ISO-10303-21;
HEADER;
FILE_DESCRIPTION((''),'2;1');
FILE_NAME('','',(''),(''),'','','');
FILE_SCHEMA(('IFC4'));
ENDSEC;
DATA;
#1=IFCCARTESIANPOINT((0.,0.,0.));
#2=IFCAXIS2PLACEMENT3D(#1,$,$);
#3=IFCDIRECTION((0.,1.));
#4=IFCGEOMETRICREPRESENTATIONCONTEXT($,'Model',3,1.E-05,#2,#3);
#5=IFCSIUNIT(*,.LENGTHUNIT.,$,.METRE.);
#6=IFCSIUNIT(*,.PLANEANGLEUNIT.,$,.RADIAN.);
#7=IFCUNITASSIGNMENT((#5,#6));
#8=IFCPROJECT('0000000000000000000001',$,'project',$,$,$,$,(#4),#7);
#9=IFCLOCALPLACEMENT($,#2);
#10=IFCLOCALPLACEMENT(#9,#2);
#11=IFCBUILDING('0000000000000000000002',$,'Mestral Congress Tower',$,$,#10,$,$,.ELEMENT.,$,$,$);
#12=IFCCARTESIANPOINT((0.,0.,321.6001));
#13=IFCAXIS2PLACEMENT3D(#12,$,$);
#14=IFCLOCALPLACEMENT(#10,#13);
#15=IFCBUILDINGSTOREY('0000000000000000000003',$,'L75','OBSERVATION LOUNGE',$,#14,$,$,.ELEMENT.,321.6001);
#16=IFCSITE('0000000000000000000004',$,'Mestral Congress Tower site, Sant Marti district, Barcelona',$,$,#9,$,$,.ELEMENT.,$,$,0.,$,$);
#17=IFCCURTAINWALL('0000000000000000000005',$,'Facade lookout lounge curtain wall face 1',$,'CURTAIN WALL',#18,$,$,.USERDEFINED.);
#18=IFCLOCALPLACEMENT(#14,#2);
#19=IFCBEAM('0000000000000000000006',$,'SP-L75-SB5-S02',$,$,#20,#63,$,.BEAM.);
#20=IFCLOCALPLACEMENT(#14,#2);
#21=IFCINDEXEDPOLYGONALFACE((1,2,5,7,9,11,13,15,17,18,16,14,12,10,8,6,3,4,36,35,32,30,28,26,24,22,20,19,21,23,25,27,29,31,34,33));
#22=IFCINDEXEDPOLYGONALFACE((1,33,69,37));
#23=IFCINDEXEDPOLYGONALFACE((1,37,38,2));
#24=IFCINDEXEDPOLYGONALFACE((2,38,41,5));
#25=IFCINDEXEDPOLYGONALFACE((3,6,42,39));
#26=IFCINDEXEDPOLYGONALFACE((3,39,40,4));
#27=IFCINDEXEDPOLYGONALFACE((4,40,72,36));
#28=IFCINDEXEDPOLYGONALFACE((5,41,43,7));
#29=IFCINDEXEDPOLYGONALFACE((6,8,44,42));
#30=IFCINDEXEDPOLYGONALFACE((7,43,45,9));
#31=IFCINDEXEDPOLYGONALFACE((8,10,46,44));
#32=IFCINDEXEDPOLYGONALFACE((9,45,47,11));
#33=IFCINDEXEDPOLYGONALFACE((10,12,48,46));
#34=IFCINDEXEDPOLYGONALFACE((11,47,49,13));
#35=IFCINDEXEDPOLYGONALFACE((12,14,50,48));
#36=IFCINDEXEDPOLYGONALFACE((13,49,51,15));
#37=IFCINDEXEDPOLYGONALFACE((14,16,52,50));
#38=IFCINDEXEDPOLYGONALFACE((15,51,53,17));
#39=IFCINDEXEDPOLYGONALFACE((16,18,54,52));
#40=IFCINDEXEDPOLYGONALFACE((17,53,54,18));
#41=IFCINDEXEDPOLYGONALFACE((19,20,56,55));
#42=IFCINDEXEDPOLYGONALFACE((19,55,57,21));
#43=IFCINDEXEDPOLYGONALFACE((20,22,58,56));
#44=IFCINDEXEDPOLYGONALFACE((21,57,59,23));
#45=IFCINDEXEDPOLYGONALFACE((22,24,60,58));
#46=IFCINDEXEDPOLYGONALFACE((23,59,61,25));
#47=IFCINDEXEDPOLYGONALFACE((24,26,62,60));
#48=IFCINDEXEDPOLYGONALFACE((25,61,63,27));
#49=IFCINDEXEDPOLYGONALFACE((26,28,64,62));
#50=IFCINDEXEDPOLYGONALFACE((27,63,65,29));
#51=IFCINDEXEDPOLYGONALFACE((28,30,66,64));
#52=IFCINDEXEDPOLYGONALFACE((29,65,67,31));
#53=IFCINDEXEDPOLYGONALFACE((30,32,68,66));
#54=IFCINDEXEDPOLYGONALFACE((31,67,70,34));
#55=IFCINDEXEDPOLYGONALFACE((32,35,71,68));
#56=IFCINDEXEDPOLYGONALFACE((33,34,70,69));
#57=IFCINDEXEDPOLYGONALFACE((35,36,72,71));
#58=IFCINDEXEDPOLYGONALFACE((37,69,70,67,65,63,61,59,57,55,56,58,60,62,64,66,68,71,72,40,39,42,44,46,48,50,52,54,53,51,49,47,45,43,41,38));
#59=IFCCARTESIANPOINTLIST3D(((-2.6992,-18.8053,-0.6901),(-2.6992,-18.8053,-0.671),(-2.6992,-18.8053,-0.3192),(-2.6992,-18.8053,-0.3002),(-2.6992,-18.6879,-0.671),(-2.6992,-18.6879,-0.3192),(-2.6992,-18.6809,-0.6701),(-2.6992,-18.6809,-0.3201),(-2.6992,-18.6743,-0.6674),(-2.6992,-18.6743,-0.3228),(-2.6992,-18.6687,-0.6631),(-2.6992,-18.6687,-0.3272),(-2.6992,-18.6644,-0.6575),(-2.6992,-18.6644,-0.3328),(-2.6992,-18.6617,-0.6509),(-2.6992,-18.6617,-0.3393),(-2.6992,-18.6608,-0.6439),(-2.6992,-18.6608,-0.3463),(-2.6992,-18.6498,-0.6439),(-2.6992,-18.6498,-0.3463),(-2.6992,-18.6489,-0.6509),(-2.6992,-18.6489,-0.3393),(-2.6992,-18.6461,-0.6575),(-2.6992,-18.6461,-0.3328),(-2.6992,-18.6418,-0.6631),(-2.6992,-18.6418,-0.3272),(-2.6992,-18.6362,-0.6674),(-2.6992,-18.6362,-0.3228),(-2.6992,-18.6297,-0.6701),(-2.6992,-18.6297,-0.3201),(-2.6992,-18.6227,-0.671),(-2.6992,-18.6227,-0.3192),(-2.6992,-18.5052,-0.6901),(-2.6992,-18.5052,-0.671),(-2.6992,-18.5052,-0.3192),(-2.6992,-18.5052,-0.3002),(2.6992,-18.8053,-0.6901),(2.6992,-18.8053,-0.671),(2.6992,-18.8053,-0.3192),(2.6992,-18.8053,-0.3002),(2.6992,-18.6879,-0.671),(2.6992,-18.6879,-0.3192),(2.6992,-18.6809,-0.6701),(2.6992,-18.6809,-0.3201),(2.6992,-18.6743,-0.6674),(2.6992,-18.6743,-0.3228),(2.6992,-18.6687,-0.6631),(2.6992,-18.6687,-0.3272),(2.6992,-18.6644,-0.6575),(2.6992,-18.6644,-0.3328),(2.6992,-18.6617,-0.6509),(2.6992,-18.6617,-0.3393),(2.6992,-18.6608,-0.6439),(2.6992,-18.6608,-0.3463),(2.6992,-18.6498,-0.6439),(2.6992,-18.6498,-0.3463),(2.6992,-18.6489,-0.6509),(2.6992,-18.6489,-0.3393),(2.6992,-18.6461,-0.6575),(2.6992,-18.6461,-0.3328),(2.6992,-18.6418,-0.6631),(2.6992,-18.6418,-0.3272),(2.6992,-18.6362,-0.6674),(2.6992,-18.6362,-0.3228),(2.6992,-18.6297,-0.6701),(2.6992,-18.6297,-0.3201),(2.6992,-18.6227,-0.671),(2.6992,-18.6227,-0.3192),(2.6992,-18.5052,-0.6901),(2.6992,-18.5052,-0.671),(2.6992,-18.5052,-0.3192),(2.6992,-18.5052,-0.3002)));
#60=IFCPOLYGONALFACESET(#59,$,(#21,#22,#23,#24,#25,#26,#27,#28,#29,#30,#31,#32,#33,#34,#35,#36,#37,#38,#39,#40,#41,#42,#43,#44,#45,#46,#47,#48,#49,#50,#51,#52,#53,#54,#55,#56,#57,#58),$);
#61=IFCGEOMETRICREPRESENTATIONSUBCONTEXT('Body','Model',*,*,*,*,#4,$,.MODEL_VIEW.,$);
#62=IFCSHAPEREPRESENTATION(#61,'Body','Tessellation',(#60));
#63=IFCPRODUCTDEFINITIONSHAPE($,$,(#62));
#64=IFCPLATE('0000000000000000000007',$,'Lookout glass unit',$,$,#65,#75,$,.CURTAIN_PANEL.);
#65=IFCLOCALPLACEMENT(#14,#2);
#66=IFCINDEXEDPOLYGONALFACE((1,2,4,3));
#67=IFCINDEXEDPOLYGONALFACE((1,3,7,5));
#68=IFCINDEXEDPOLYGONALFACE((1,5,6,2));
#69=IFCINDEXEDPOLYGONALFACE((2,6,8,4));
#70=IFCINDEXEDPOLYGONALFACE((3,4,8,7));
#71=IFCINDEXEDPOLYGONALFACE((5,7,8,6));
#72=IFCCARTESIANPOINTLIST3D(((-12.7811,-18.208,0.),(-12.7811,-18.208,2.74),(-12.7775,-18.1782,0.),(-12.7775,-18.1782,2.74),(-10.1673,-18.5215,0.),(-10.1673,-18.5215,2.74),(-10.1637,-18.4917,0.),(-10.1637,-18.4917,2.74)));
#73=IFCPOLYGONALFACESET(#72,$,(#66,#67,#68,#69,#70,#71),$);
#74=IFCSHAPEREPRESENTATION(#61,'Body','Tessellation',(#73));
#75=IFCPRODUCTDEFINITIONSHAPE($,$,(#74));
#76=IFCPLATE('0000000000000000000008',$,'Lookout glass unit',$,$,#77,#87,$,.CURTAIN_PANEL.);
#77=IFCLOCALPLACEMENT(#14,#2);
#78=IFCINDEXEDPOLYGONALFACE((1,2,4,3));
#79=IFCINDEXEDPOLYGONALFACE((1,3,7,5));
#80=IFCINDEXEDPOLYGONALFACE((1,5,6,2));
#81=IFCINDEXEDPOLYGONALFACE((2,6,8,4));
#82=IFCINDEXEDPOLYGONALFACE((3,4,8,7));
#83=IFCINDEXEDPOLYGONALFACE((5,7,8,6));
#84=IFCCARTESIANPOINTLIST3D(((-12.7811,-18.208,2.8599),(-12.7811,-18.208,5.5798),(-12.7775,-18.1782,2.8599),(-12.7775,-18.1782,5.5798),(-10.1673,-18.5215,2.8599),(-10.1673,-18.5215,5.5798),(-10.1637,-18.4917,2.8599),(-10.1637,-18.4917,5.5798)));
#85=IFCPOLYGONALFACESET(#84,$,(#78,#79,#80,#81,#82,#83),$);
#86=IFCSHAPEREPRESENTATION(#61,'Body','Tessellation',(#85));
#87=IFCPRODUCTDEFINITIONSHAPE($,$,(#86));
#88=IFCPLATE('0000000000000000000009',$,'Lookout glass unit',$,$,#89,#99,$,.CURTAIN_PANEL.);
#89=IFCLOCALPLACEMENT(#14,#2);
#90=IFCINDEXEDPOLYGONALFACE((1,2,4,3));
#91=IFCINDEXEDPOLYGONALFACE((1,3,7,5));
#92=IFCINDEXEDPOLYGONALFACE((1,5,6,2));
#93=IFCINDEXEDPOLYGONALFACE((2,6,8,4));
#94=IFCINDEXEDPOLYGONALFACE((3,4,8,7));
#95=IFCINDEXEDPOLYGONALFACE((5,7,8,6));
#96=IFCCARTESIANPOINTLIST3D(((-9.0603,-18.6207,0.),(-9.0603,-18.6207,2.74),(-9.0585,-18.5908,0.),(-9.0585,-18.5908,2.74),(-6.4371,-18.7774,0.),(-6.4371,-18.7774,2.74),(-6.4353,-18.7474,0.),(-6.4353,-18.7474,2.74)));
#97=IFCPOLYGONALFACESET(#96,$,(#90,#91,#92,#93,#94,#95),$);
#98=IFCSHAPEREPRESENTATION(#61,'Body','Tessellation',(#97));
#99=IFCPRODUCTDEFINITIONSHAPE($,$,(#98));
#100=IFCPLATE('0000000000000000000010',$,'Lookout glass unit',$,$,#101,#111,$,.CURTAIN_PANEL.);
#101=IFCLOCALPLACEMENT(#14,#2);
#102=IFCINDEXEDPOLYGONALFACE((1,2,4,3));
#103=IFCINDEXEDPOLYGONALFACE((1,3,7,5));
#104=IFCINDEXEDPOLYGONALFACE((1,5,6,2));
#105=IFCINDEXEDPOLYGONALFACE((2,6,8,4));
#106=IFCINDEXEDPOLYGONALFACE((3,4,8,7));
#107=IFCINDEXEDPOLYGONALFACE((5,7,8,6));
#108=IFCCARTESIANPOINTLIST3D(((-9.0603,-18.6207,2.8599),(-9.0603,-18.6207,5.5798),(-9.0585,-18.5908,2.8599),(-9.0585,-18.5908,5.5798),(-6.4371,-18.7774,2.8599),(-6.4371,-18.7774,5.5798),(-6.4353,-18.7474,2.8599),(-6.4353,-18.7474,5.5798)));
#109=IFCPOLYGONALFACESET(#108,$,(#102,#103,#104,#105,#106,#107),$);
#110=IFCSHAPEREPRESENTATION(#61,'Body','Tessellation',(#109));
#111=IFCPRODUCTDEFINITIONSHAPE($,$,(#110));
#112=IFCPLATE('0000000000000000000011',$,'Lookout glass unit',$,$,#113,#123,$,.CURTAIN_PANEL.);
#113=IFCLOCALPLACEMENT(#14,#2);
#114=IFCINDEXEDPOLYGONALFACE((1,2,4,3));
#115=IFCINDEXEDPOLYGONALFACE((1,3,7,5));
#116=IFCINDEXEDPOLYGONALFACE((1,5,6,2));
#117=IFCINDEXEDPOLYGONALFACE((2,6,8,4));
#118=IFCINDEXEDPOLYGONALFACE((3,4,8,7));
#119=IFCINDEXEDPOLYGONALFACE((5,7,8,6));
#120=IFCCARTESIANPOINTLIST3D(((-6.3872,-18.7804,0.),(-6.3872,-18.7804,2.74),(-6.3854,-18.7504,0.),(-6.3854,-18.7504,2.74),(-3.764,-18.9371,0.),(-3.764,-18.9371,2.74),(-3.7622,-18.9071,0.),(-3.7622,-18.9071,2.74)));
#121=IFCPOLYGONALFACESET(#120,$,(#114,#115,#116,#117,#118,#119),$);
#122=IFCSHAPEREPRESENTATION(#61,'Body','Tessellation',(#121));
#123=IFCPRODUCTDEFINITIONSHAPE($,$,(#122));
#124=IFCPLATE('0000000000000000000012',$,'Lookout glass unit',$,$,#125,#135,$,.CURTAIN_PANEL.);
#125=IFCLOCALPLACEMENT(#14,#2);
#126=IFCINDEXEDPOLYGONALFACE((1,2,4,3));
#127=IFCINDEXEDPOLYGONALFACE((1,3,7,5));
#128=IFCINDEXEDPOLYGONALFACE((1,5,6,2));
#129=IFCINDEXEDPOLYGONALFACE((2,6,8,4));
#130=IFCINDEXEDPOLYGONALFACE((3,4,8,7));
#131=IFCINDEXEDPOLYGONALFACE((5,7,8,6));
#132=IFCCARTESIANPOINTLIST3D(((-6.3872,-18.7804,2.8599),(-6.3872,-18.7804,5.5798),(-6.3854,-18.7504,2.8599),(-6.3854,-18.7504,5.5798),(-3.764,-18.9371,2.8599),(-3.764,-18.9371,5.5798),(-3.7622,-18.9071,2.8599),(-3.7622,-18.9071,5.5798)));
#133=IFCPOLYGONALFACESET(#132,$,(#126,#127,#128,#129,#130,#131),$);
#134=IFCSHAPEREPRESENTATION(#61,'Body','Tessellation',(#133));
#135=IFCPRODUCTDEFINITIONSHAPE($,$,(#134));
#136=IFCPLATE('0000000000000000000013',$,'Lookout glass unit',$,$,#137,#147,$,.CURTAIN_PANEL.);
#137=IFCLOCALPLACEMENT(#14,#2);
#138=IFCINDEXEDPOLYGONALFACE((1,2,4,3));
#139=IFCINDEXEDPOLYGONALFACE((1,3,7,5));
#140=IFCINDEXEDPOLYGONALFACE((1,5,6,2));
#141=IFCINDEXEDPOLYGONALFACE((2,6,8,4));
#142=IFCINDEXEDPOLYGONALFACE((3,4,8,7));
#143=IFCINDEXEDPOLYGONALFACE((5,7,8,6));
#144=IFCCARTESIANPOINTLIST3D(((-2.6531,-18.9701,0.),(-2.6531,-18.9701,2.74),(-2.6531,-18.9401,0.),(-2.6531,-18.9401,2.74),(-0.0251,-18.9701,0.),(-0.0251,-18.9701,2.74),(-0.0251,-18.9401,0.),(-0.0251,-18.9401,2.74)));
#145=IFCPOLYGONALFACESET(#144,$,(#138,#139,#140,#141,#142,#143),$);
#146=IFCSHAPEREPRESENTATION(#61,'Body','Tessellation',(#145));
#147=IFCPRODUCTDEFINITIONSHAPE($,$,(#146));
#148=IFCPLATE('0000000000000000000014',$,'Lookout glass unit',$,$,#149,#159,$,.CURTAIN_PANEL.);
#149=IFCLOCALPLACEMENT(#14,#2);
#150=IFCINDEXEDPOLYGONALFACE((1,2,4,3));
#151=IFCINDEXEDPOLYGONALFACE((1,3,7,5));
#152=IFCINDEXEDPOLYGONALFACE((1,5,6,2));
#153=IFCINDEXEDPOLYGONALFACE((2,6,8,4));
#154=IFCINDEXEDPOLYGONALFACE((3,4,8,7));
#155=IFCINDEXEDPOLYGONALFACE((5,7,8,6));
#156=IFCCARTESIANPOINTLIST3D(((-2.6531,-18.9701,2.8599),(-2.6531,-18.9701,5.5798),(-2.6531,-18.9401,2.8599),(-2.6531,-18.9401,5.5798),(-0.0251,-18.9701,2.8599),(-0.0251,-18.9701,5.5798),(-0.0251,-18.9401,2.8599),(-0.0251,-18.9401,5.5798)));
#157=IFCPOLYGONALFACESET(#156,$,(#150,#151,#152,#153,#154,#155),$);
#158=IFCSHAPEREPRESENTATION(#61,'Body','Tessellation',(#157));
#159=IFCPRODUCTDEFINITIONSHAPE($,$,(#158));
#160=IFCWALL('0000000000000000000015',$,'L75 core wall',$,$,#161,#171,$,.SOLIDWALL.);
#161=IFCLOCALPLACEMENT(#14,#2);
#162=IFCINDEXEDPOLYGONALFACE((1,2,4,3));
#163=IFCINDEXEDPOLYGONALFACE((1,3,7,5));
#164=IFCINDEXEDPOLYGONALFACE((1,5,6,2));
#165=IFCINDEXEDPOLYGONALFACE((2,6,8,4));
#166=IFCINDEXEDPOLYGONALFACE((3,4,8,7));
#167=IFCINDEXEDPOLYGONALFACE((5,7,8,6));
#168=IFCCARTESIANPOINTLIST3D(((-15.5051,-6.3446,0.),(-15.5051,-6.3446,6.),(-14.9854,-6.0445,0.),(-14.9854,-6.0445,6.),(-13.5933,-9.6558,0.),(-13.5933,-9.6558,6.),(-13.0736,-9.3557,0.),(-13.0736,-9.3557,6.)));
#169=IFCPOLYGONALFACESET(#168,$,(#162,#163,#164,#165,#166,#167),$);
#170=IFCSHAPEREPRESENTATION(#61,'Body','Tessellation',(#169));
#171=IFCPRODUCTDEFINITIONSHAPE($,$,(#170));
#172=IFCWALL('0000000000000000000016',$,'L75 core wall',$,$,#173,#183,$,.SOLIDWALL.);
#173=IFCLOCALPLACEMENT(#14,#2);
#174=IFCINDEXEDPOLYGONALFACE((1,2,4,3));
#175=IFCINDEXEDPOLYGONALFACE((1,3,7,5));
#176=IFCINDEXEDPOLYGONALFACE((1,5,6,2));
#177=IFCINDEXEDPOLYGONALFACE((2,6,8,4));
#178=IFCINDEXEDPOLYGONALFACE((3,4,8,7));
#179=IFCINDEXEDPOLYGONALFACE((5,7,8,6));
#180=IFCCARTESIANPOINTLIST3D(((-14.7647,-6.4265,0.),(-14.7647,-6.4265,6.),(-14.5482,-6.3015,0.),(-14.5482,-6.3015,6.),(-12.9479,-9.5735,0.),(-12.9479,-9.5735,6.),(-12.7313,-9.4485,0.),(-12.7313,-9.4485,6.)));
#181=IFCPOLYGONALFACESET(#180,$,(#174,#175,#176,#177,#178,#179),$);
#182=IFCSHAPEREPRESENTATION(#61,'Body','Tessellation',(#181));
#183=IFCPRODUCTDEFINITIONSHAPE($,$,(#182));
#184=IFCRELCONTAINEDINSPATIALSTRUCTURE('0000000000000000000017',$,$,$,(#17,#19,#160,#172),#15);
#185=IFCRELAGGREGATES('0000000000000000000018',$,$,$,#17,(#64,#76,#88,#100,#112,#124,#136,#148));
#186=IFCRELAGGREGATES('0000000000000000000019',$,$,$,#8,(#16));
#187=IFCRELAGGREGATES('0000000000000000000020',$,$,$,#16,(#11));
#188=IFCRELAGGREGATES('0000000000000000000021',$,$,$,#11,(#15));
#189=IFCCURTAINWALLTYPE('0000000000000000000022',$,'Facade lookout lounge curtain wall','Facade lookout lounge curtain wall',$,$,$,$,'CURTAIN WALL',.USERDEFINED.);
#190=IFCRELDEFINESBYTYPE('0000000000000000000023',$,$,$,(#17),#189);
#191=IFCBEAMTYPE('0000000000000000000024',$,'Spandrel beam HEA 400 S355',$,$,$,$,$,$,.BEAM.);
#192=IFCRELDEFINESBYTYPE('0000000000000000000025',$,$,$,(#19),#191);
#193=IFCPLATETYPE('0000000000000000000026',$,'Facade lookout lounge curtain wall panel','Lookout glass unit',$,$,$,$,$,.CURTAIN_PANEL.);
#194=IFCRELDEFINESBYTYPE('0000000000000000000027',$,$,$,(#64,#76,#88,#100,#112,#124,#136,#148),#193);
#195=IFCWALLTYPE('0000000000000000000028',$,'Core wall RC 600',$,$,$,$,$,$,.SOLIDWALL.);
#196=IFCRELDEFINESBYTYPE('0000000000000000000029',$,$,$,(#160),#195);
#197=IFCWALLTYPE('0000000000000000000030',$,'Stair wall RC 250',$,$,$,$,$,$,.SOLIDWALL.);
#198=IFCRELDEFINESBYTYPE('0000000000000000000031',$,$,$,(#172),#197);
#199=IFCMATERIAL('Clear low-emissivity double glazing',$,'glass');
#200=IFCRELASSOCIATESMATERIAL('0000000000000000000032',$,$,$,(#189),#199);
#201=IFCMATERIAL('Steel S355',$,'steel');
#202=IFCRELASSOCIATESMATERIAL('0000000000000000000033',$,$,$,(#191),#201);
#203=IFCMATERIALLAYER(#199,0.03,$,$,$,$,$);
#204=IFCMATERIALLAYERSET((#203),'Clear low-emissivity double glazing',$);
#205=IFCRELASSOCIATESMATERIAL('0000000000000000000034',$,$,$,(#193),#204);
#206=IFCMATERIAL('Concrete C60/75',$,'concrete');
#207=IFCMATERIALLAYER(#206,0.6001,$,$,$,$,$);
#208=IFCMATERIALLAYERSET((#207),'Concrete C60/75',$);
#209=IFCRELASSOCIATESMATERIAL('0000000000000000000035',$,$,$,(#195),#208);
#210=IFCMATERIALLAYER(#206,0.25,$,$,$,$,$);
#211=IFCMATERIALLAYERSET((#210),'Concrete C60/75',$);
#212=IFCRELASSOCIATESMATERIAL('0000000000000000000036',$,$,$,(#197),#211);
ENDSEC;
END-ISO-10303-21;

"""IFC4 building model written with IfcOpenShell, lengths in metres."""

from ifc_helpers import new_model, si_unit, direction, frame, frame_2d, origin, origin_2d, place, context, subcontext, project, spatial, rectangle, i_section, extrude, material, layer, layer_set, material_profile, profile_set, type_object, element, aggregate, save


model = new_model("IFC4")

# Units and contexts
model_context = context("Model", 3, precision=1e-05, world=origin(), true_north=direction((0.0, 1.0)))
body_context = subcontext(model_context, "Body", "Model", "MODEL_VIEW")
ifc_project = project(units=[si_unit("LENGTHUNIT", "METRE"), si_unit("PLANEANGLEUNIT", "RADIAN")], contexts=[model_context])

# Site, building, storey
site_placement = place(None, origin())
site = spatial("IfcSite", under=ifc_project, at=site_placement, Name="Mestral Congress Tower site, Sant Marti district, Barcelona", CompositionType="ELEMENT", RefElevation=0.0)
building_placement = place(site_placement, origin())
building = spatial("IfcBuilding", under=site, at=building_placement, Name="Mestral Congress Tower", CompositionType="ELEMENT")
storey_placement = place(building_placement, frame((0.0, 0.0, 321.6001)))
storey = spatial("IfcBuildingStorey", under=building, at=storey_placement, Name="L75", Description="OBSERVATION LOUNGE", CompositionType="ELEMENT", Elevation=321.6001)

# Shared definitions
ifc_material_1 = material(Name="Concrete C60/75", Category="concrete")

# Curtain wall
ifc_material_2 = material(Name="Clear low-emissivity double glazing", Category="glass")
curtain_wall_type = type_object("IfcCurtainWallType", Name="Facade lookout lounge curtain wall", Description="Facade lookout lounge curtain wall", ElementType="CURTAIN WALL", PredefinedType="USERDEFINED", material=ifc_material_2)
curtain_wall_placement = place(storey_placement, origin())
curtain_wall = element("IfcCurtainWall", 1, at=curtain_wall_placement, inside=storey, type_object=curtain_wall_type, Name="Facade lookout lounge curtain wall face 1", ObjectType="CURTAIN WALL", PredefinedType="USERDEFINED")

# Beam
ifc_material_3 = material(Name="Steel S355", Category="steel")
ifc_material_profile_1 = material_profile(ifc_material_3, i_section(OverallWidth=0.3, OverallDepth=0.3899, WebThickness=0.011, FlangeThickness=0.019, FilletRadius=0.0271, at=origin_2d()), Name="HEA 400")
ifc_profile_set_1 = profile_set([ifc_material_profile_1], Name="Steel S355")
beam_type_1 = type_object("IfcBeamType", Name="Spandrel beam HEA 400 S355", PredefinedType="BEAM", material=ifc_profile_set_1)
beam_1_placement = place(storey_placement, frame((-2.6992, -18.6553, -0.4951), z_axis=(1.0, 0.0, 0.0), x_axis=(0.0, 1.0, 0.0)))
element("IfcBeam", 2, at=beam_1_placement, inside=storey, type_object=beam_type_1, Name="SP-L75-SB5-S02", PredefinedType="BEAM", context=body_context, shape_type="SweptSolid", body=[
    extrude(i_section(OverallWidth=0.3, OverallDepth=0.3899, WebThickness=0.011, FlangeThickness=0.019, FilletRadius=0.0271, at=origin_2d()), origin(), (0.0, 0.0, 1.0), 5.3984),
])

# Plates
ifc_layer_1 = layer(ifc_material_2, 0.03)
ifc_layer_set_1 = layer_set([ifc_layer_1], Name="Clear low-emissivity double glazing")
plate_type = type_object("IfcPlateType", Name="Facade lookout lounge curtain wall panel", Description="Lookout glass unit", PredefinedType="CURTAIN_PANEL", material=ifc_layer_set_1)
plate_1_placement = place(storey_placement, frame((-11.4724, -18.3499, 0.0), z_axis=(0.0, 0.0, 1.0), x_axis=(0.992887, -0.119057, 0.0)))
plate_1 = element("IfcPlate", 3, at=plate_1_placement, type_object=plate_type, Name="Lookout glass unit", PredefinedType="CURTAIN_PANEL", context=body_context, shape_type="SweptSolid", body=[
    extrude(rectangle(XDim=2.6326, YDim=0.03, at=origin_2d()), origin(), (0.0, 0.0, 1.0), 2.74),
])
plate_2_placement = place(storey_placement, frame((-11.4724, -18.3499, 2.8599), z_axis=(0.0, 0.0, 1.0), x_axis=(0.992887, -0.119057, 0.0)))
plate_2 = element("IfcPlate", 4, at=plate_2_placement, type_object=plate_type, Name="Lookout glass unit", PredefinedType="CURTAIN_PANEL", context=body_context, shape_type="SweptSolid", body=[
    extrude(rectangle(XDim=2.6326, YDim=0.03, at=origin_2d()), origin(), (0.0, 0.0, 1.0), 2.72),
])
plate_3_placement = place(storey_placement, frame((-7.7478, -18.6841, 0.0), z_axis=(0.0, 0.0, 1.0), x_axis=(0.998221, -0.059618, 0.0)))
plate_3 = element("IfcPlate", 5, at=plate_3_placement, type_object=plate_type, Name="Lookout glass unit", PredefinedType="CURTAIN_PANEL", context=body_context, shape_type="SweptSolid", body=[
    extrude(rectangle(XDim=2.6279, YDim=0.03, at=origin_2d()), origin(), (0.0, 0.0, 1.0), 2.74),
])
plate_4_placement = place(storey_placement, frame((-7.7478, -18.6841, 2.8599), z_axis=(0.0, 0.0, 1.0), x_axis=(0.998221, -0.059618, 0.0)))
plate_4 = element("IfcPlate", 6, at=plate_4_placement, type_object=plate_type, Name="Lookout glass unit", PredefinedType="CURTAIN_PANEL", context=body_context, shape_type="SweptSolid", body=[
    extrude(rectangle(XDim=2.6279, YDim=0.03, at=origin_2d()), origin(), (0.0, 0.0, 1.0), 2.72),
])
plate_5_placement = place(storey_placement, frame((-5.0747, -18.8438, 0.0), z_axis=(0.0, 0.0, 1.0), x_axis=(0.998221, -0.059618, 0.0)))
plate_5 = element("IfcPlate", 7, at=plate_5_placement, type_object=plate_type, Name="Lookout glass unit", PredefinedType="CURTAIN_PANEL", context=body_context, shape_type="SweptSolid", body=[
    extrude(rectangle(XDim=2.6279, YDim=0.03, at=origin_2d()), origin(), (0.0, 0.0, 1.0), 2.74),
])
plate_6_placement = place(storey_placement, frame((-5.0747, -18.8438, 2.8599), z_axis=(0.0, 0.0, 1.0), x_axis=(0.998221, -0.059618, 0.0)))
plate_6 = element("IfcPlate", 8, at=plate_6_placement, type_object=plate_type, Name="Lookout glass unit", PredefinedType="CURTAIN_PANEL", context=body_context, shape_type="SweptSolid", body=[
    extrude(rectangle(XDim=2.6279, YDim=0.03, at=origin_2d()), origin(), (0.0, 0.0, 1.0), 2.72),
])
plate_7_placement = place(storey_placement, frame((-1.3391, -18.9551, 0.0), z_axis=(0.0, 0.0, 1.0), x_axis=(1.0, 0.0, 0.0)))
plate_7 = element("IfcPlate", 9, at=plate_7_placement, type_object=plate_type, Name="Lookout glass unit", PredefinedType="CURTAIN_PANEL", context=body_context, shape_type="SweptSolid", body=[
    extrude(rectangle(XDim=2.6279, YDim=0.03, at=origin_2d()), origin(), (0.0, 0.0, 1.0), 2.74),
])
plate_8_placement = place(storey_placement, frame((-1.3391, -18.9551, 2.8599), z_axis=(0.0, 0.0, 1.0), x_axis=(1.0, 0.0, 0.0)))
plate_8 = element("IfcPlate", 10, at=plate_8_placement, type_object=plate_type, Name="Lookout glass unit", PredefinedType="CURTAIN_PANEL", context=body_context, shape_type="SweptSolid", body=[
    extrude(rectangle(XDim=2.6279, YDim=0.03, at=origin_2d()), origin(), (0.0, 0.0, 1.0), 2.72),
])
aggregate(curtain_wall, [plate_1, plate_2, plate_3, plate_4, plate_5, plate_6, plate_7, plate_8])

# Walls
ifc_layer_2 = layer(ifc_material_1, 0.6001)
ifc_layer_set_2 = layer_set([ifc_layer_2], Name="Concrete C60/75")
wall_type_1 = type_object("IfcWallType", Name="Core wall RC 600", PredefinedType="SOLIDWALL", material=ifc_layer_set_2)
wall_1_placement = place(storey_placement, frame((-13.3335, -9.5056, 0.0), z_axis=(0.0, 0.0, 1.0), x_axis=(-0.500019, 0.866014, 0.0)))
element("IfcWall", 11, at=wall_1_placement, inside=storey, type_object=wall_type_1, Name="L75 core wall", PredefinedType="SOLIDWALL", context=body_context, shape_type="SweptSolid", body=[
    extrude(rectangle(XDim=3.8235, YDim=0.6001, at=frame_2d((1.9116, 0.0))), origin(), (0.0, 0.0, 1.0), 6.0),
])
ifc_layer_3 = layer(ifc_material_1, 0.25)
ifc_layer_set_3 = layer_set([ifc_layer_3], Name="Concrete C60/75")
wall_type_2 = type_object("IfcWallType", Name="Stair wall RC 250", PredefinedType="SOLIDWALL", material=ifc_layer_set_3)
wall_2_placement = place(storey_placement, frame((-12.8396, -9.511, 0.0), z_axis=(0.0, 0.0, 1.0), x_axis=(-0.499998, 0.866027, 0.0)))
element("IfcWall", 12, at=wall_2_placement, inside=storey, type_object=wall_type_2, Name="L75 core wall", PredefinedType="SOLIDWALL", context=body_context, shape_type="SweptSolid", body=[
    extrude(rectangle(XDim=3.6338, YDim=0.25, at=frame_2d((1.8169, 0.0))), origin(), (0.0, 0.0, 1.0), 6.0),
])

save(model, "model.ifc")
